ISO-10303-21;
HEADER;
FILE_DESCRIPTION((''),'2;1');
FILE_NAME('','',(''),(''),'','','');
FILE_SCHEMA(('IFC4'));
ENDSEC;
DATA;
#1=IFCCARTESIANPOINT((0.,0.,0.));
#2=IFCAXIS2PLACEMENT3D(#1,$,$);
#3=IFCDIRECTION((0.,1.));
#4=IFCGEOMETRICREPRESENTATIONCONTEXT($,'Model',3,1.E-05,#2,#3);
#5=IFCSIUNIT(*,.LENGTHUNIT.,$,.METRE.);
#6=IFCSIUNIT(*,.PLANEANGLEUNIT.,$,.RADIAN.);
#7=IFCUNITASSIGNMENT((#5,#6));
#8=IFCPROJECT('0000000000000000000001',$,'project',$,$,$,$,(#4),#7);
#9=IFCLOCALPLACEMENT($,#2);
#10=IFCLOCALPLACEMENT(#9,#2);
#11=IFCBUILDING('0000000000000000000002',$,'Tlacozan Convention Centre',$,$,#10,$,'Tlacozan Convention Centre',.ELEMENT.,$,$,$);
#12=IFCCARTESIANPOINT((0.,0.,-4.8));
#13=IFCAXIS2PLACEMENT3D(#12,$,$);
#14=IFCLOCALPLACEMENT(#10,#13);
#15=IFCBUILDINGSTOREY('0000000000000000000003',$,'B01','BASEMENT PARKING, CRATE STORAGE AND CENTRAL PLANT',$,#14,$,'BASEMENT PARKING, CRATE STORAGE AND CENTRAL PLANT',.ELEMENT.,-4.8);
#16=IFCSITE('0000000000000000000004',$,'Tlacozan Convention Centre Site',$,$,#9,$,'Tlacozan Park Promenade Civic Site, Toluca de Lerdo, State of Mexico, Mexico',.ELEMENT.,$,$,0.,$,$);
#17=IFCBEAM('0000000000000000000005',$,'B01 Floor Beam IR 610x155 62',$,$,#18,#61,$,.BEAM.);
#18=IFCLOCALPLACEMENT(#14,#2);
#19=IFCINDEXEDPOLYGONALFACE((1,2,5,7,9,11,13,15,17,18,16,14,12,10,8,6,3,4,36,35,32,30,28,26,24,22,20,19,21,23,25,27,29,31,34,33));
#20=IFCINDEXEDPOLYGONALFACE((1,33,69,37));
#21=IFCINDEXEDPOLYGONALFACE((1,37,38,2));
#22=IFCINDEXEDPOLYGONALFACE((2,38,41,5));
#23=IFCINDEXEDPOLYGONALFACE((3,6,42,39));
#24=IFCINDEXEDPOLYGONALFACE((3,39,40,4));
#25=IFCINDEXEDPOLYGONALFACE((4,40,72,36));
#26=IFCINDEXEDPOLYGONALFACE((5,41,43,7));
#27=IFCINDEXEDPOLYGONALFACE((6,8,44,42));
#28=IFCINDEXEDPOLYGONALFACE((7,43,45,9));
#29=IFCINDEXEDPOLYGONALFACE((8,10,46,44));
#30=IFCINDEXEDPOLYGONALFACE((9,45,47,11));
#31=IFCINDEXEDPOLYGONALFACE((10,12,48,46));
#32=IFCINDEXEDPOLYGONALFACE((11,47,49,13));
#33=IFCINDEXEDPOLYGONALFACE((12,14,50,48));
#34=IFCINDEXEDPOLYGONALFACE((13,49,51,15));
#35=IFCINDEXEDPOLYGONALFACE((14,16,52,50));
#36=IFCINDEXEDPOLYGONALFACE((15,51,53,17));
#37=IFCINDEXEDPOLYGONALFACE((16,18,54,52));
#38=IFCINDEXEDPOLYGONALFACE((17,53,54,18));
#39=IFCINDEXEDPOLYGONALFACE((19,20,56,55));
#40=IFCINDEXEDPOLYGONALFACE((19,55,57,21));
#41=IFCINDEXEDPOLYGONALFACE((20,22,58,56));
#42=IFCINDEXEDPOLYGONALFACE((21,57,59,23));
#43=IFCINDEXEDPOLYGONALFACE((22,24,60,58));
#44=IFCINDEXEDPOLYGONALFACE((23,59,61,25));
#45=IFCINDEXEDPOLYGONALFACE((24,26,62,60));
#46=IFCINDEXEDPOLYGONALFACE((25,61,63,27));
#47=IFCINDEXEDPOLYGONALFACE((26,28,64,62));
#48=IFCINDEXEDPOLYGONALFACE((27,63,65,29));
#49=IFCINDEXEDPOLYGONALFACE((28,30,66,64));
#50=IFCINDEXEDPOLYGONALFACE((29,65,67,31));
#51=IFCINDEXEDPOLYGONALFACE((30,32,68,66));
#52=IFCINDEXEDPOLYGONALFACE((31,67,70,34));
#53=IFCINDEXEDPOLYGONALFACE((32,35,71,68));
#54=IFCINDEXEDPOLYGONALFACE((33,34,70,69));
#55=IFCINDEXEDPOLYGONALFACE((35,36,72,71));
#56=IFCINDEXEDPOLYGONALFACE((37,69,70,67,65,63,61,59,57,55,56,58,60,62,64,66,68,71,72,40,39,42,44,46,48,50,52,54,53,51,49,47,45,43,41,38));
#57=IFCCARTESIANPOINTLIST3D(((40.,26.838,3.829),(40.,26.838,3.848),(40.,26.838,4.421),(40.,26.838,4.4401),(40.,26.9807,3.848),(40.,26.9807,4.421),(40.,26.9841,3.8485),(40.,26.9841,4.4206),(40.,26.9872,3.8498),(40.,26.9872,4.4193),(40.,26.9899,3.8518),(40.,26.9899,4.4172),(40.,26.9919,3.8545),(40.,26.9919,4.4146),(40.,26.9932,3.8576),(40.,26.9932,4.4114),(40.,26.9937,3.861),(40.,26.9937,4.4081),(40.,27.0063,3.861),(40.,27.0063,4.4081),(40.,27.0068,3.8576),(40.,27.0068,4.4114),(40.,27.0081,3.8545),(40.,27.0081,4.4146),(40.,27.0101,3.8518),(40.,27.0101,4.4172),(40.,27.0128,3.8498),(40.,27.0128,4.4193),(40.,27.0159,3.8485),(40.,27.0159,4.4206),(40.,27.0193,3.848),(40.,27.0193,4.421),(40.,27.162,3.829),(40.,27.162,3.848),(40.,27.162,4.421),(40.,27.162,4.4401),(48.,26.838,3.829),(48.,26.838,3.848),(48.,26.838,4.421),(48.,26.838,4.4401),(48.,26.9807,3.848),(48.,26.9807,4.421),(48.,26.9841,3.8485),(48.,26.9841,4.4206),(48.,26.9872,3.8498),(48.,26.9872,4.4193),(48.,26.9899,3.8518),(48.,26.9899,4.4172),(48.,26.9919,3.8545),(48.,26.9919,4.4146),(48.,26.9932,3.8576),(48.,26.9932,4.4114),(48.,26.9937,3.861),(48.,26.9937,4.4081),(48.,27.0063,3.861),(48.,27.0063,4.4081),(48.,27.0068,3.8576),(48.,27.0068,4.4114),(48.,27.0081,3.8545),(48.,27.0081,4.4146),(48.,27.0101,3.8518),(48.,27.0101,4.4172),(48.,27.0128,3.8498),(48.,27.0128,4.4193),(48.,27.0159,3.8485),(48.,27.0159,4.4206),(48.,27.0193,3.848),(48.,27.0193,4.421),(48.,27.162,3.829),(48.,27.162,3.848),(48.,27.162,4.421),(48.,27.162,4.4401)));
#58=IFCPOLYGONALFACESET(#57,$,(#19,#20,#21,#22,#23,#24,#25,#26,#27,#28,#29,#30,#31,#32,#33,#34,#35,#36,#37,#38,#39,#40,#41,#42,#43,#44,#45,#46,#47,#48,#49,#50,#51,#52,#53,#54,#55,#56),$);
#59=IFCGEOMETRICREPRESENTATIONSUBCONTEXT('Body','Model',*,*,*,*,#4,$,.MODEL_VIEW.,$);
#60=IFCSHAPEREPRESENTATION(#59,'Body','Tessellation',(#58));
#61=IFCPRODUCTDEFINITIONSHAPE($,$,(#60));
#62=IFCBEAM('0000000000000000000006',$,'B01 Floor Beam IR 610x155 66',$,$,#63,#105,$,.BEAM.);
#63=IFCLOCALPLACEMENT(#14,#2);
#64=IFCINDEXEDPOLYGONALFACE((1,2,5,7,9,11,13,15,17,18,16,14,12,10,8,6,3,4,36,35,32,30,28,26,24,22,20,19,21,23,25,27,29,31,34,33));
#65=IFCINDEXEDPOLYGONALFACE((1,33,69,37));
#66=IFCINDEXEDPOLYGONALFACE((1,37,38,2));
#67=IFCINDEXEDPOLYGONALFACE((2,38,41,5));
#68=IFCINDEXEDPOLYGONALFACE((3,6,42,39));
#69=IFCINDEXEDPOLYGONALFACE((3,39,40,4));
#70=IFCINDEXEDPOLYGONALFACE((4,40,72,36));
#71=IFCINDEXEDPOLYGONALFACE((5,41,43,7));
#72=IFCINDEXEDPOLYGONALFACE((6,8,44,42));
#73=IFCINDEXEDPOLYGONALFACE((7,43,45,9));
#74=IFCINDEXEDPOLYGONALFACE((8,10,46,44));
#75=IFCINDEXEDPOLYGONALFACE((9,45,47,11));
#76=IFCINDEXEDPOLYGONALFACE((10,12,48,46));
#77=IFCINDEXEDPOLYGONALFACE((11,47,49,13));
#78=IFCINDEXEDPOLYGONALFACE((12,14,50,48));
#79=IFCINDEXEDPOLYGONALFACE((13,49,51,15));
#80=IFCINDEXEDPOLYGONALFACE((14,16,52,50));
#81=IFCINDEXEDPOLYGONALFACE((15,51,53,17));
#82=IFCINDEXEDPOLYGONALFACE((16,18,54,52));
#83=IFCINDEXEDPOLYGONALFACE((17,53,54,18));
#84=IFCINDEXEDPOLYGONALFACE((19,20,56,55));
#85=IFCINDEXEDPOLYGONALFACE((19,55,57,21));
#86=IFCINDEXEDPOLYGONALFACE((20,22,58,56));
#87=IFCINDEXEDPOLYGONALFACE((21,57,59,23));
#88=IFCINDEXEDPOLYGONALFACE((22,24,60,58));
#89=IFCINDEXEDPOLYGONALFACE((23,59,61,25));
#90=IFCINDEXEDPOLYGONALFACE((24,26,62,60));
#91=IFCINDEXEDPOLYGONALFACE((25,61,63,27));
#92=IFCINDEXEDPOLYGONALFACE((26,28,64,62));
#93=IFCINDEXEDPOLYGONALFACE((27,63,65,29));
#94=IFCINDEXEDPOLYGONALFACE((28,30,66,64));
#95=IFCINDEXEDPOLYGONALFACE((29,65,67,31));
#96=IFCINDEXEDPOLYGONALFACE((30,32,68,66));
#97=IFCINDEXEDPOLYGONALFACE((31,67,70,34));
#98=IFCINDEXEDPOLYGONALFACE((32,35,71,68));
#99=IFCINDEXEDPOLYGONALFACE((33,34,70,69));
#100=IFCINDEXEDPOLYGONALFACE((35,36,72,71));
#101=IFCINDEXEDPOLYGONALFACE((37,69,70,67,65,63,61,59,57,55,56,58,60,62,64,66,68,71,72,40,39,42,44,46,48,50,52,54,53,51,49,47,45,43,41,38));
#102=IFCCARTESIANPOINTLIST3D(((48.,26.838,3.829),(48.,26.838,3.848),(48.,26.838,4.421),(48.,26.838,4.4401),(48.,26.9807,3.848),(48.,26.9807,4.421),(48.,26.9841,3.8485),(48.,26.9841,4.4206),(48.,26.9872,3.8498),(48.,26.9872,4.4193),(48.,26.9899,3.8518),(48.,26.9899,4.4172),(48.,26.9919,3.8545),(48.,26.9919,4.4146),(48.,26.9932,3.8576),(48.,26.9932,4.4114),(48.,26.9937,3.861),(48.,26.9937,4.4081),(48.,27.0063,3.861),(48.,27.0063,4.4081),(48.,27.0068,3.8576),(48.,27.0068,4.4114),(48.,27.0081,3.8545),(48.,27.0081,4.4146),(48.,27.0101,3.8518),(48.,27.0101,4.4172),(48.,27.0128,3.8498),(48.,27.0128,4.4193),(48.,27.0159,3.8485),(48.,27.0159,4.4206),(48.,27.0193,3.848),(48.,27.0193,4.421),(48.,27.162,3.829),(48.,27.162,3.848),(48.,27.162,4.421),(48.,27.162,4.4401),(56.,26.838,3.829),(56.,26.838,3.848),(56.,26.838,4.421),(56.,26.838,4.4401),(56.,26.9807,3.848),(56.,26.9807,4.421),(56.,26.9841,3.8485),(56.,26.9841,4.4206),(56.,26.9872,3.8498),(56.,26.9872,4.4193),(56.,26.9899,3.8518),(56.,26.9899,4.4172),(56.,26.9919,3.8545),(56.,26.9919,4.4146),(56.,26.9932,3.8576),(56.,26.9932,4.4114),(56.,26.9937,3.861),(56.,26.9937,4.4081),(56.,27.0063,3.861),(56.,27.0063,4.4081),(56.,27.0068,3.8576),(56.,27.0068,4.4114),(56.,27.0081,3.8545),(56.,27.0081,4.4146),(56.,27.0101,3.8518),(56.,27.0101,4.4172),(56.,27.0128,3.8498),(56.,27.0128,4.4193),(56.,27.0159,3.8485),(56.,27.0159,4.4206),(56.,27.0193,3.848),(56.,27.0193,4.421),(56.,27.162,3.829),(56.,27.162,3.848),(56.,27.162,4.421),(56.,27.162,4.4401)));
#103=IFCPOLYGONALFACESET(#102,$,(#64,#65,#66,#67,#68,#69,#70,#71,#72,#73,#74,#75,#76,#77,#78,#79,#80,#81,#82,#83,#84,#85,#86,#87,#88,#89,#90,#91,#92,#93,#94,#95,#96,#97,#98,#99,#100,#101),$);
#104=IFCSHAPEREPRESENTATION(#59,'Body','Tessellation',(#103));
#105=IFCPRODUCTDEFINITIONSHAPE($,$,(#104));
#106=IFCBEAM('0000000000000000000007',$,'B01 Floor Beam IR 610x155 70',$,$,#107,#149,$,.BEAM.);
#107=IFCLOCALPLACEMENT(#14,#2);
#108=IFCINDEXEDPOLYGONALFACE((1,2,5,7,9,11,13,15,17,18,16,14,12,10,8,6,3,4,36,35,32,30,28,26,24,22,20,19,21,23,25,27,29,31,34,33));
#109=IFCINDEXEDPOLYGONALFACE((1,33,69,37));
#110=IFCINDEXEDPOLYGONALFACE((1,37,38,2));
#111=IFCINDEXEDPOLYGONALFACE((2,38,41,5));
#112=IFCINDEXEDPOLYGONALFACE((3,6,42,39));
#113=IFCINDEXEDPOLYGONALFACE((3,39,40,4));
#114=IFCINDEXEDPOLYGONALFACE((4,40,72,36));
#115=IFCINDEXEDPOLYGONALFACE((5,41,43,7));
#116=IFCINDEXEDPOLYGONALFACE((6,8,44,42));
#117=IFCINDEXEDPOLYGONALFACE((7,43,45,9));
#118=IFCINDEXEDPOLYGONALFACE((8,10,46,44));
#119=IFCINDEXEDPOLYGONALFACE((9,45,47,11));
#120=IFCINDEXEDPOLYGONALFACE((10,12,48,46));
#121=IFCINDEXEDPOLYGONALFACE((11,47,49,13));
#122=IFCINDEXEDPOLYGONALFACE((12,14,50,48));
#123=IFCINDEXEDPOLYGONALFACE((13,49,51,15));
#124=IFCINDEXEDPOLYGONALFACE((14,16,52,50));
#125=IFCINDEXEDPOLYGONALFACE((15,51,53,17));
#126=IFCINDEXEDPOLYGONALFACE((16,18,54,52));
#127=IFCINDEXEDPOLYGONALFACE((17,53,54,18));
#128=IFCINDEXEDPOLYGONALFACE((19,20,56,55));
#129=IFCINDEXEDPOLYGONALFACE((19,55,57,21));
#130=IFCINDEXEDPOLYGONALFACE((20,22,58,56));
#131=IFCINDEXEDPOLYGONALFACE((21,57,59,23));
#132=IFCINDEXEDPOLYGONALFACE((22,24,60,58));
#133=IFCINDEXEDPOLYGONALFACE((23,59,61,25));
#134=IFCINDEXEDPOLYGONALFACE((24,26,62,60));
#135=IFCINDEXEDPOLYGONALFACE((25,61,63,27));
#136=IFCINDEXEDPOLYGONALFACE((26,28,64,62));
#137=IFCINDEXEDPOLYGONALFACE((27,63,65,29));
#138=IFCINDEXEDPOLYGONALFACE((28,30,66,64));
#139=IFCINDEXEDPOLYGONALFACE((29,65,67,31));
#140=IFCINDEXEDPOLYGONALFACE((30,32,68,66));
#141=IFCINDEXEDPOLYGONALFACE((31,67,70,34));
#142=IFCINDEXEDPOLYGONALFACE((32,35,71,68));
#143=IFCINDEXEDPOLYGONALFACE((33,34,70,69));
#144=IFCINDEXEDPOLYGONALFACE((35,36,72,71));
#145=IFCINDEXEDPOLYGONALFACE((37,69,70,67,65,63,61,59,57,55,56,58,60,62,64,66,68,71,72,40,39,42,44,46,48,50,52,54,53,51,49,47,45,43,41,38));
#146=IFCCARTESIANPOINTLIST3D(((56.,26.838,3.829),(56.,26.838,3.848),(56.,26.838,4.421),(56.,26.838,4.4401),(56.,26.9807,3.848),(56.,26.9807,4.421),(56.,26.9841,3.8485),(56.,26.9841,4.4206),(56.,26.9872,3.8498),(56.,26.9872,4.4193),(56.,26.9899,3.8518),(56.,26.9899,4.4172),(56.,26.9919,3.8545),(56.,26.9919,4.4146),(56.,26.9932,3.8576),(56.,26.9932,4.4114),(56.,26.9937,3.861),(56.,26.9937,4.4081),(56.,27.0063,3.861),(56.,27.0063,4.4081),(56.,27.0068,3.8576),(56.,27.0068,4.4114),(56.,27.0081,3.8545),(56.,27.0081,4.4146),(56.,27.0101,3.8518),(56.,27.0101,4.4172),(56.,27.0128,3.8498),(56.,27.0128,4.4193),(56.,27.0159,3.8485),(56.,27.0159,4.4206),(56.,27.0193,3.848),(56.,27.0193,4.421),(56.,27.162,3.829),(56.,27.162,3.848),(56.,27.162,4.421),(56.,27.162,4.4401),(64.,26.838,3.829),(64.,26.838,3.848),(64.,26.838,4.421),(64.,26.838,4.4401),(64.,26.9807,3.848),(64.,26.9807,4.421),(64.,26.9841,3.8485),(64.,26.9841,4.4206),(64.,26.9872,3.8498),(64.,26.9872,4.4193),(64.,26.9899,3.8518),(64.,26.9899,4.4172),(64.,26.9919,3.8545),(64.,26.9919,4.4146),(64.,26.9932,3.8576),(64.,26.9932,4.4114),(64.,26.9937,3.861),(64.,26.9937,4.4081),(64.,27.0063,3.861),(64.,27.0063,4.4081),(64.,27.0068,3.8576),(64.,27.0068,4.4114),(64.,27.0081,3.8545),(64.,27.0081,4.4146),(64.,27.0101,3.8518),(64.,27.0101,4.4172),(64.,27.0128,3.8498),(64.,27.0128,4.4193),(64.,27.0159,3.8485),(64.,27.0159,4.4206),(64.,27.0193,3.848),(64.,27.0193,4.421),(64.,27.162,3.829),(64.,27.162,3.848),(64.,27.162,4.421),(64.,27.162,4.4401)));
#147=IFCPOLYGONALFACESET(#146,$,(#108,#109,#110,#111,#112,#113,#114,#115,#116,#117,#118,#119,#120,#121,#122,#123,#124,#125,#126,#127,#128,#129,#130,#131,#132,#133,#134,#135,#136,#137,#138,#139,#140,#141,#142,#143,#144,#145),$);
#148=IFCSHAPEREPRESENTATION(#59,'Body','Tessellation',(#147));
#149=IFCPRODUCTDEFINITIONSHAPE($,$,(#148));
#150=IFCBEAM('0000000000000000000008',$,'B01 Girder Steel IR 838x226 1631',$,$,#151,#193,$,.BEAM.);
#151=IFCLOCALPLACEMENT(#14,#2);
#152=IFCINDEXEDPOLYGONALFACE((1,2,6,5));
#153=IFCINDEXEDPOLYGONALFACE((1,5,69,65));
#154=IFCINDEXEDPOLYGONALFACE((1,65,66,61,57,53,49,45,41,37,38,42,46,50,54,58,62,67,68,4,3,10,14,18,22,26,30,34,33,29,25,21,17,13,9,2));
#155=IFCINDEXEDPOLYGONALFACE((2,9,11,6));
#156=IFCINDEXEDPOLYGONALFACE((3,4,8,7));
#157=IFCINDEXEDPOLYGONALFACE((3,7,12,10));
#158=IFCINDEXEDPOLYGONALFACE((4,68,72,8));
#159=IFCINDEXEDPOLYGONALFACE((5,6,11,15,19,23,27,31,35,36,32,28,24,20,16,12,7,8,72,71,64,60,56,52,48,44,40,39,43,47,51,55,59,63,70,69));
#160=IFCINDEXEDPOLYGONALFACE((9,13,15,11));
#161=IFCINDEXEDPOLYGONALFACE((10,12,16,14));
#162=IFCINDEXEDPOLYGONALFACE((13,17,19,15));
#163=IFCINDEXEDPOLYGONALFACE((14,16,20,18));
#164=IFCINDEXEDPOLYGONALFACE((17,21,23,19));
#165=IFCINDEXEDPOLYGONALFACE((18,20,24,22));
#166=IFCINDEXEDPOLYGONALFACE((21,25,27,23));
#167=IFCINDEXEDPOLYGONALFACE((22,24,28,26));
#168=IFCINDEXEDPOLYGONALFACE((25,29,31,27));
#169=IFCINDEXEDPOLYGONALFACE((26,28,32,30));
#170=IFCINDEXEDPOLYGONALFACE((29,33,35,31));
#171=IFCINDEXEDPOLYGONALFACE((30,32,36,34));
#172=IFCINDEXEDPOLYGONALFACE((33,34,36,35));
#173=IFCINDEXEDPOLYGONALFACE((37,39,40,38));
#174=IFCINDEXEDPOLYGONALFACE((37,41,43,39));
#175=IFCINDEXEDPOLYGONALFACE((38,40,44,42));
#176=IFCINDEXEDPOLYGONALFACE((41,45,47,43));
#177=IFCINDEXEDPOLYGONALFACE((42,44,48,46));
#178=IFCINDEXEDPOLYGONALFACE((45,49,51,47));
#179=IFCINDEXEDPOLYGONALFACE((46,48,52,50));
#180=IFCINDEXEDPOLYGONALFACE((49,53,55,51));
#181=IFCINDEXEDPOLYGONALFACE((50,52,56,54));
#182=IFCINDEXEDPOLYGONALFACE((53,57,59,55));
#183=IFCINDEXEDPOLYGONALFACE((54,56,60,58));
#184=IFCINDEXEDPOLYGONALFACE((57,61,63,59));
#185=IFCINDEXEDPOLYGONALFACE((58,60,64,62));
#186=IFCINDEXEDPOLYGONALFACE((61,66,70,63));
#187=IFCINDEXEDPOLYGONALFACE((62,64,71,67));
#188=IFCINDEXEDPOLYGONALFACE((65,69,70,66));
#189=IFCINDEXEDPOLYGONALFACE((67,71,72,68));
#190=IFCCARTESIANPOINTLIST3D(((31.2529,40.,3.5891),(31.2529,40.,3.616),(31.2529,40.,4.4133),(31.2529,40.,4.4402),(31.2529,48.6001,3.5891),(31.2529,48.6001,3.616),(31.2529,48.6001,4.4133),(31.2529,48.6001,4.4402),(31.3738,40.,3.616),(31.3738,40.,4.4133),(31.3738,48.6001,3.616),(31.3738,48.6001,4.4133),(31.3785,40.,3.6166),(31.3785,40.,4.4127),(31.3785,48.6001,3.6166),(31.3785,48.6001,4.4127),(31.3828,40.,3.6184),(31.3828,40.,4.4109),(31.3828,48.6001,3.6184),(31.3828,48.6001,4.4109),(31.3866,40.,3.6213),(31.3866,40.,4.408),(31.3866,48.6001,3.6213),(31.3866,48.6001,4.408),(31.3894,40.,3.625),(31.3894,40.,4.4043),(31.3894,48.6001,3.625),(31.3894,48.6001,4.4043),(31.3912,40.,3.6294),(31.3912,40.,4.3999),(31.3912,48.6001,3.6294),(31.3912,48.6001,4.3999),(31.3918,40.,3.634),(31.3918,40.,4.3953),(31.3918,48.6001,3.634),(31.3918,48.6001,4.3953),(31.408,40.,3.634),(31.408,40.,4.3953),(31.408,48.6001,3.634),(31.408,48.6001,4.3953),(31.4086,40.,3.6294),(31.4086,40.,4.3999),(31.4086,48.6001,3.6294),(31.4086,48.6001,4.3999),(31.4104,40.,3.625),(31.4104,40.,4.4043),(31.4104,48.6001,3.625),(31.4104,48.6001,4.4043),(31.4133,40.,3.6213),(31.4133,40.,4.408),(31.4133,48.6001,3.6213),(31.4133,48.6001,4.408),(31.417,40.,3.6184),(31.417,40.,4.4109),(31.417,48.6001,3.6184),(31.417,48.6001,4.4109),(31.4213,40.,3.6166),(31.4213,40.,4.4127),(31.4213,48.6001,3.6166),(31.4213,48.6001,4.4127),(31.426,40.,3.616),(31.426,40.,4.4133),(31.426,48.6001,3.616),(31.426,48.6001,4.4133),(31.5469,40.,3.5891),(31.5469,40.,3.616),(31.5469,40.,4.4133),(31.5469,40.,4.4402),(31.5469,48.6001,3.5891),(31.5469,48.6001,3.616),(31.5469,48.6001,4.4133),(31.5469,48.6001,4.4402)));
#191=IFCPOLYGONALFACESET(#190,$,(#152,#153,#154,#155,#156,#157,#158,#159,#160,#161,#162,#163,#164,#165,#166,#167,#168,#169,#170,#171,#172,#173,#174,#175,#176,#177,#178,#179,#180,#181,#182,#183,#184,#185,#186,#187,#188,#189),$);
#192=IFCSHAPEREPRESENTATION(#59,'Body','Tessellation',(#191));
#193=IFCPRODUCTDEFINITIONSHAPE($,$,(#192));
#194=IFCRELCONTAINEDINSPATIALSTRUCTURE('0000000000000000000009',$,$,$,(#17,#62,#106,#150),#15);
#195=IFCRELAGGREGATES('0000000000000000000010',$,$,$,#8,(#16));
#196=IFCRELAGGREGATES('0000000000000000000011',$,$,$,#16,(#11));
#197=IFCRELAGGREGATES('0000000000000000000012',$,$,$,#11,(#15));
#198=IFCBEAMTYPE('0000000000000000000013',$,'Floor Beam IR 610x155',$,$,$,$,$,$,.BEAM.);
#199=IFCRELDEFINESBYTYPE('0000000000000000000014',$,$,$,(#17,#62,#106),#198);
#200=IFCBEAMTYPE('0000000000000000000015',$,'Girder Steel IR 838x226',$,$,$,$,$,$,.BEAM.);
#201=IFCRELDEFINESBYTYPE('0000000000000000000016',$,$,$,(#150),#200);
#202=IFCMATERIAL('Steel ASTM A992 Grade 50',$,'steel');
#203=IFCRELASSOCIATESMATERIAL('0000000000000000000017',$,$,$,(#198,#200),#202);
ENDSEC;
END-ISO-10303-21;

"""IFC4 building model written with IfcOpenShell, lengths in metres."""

from ifc_helpers import new_model, si_unit, direction, frame, origin, origin_2d, place, context, subcontext, project, spatial, i_section, extrude, material, material_profile, profile_set, type_object, element, save


model = new_model("IFC4")

# Units and contexts
model_context = context("Model", 3, precision=1e-05, world=origin(), true_north=direction((0.0, 1.0)))
body_context = subcontext(model_context, "Body", "Model", "MODEL_VIEW")
ifc_project = project(units=[si_unit("LENGTHUNIT", "METRE"), si_unit("PLANEANGLEUNIT", "RADIAN")], contexts=[model_context])

# Site, building, storey
site_placement = place(None, origin())
site = spatial("IfcSite", under=ifc_project, at=site_placement, Name="Tlacozan Convention Centre Site", LongName="Tlacozan Park Promenade Civic Site, Toluca de Lerdo, State of Mexico, Mexico", CompositionType="ELEMENT", RefElevation=0.0)
building_placement = place(site_placement, origin())
building = spatial("IfcBuilding", under=site, at=building_placement, Name="Tlacozan Convention Centre", LongName="Tlacozan Convention Centre", CompositionType="ELEMENT")
storey_placement = place(building_placement, frame((0.0, 0.0, -4.8)))
storey = spatial("IfcBuildingStorey", under=building, at=storey_placement, Name="B01", Description="BASEMENT PARKING, CRATE STORAGE AND CENTRAL PLANT", LongName="BASEMENT PARKING, CRATE STORAGE AND CENTRAL PLANT", CompositionType="ELEMENT", Elevation=-4.8)

# Beams
ifc_material_1 = material(Name="Steel ASTM A992 Grade 50", Category="steel")
ifc_material_profile_1 = material_profile(ifc_material_1, i_section(OverallWidth=0.324, OverallDepth=0.6111, WebThickness=0.0127, FlangeThickness=0.019, FilletRadius=0.0129, at=origin_2d()), Name="IR 610x155.0")
ifc_profile_set_1 = profile_set([ifc_material_profile_1], Name="Steel ASTM A992 Grade 50")
beam_type_1 = type_object("IfcBeamType", Name="Floor Beam IR 610x155", PredefinedType="BEAM", material=ifc_profile_set_1)
for number, where, z_axis, x_axis, name in (
    (1, (40.0, 27.0, 4.1345), (1.0, 0.0, 0.0), (0.0, 1.0, 0.0), "B01 Floor Beam IR 610x155 62"),
    (2, (48.0, 27.0, 4.1345), (1.0, 0.0, 0.0), (0.0, 1.0, 0.0), "B01 Floor Beam IR 610x155 66"),
    (3, (56.0, 27.0, 4.1345), (1.0, 0.0, 0.0), (0.0, 1.0, 0.0), "B01 Floor Beam IR 610x155 70"),
):
    element("IfcBeam", number, at=place(storey_placement, frame(where, z_axis=z_axis, x_axis=x_axis)), inside=storey, type_object=beam_type_1, Name=name, PredefinedType="BEAM", context=body_context, shape_type="SweptSolid", body=[
        extrude(i_section(OverallWidth=0.324, OverallDepth=0.6111, WebThickness=0.0127, FlangeThickness=0.019, FilletRadius=0.0129, at=origin_2d()), origin(), (0.0, 0.0, 1.0), 8.0),
    ])
ifc_material_profile_2 = material_profile(ifc_material_1, i_section(OverallWidth=0.2939, OverallDepth=0.8511, WebThickness=0.0161, FlangeThickness=0.0269, FilletRadius=0.0181, at=origin_2d()), Name="IR 838x226.0")
ifc_profile_set_2 = profile_set([ifc_material_profile_2], Name="Steel ASTM A992 Grade 50")
beam_type_2 = type_object("IfcBeamType", Name="Girder Steel IR 838x226", PredefinedType="BEAM", material=ifc_profile_set_2)
beam_placement = place(storey_placement, frame((31.3999, 40.0, 4.0146), z_axis=(0.0, 1.0, 0.0), x_axis=(-1.0, 0.0, 0.0)))
element("IfcBeam", 4, at=beam_placement, inside=storey, type_object=beam_type_2, Name="B01 Girder Steel IR 838x226 1631", PredefinedType="BEAM", context=body_context, shape_type="SweptSolid", body=[
    extrude(i_section(OverallWidth=0.2939, OverallDepth=0.8511, WebThickness=0.0161, FlangeThickness=0.0269, FilletRadius=0.0181, at=origin_2d()), origin(), (0.0, 0.0, 1.0), 8.6001),
])

save(model, "model.ifc")
